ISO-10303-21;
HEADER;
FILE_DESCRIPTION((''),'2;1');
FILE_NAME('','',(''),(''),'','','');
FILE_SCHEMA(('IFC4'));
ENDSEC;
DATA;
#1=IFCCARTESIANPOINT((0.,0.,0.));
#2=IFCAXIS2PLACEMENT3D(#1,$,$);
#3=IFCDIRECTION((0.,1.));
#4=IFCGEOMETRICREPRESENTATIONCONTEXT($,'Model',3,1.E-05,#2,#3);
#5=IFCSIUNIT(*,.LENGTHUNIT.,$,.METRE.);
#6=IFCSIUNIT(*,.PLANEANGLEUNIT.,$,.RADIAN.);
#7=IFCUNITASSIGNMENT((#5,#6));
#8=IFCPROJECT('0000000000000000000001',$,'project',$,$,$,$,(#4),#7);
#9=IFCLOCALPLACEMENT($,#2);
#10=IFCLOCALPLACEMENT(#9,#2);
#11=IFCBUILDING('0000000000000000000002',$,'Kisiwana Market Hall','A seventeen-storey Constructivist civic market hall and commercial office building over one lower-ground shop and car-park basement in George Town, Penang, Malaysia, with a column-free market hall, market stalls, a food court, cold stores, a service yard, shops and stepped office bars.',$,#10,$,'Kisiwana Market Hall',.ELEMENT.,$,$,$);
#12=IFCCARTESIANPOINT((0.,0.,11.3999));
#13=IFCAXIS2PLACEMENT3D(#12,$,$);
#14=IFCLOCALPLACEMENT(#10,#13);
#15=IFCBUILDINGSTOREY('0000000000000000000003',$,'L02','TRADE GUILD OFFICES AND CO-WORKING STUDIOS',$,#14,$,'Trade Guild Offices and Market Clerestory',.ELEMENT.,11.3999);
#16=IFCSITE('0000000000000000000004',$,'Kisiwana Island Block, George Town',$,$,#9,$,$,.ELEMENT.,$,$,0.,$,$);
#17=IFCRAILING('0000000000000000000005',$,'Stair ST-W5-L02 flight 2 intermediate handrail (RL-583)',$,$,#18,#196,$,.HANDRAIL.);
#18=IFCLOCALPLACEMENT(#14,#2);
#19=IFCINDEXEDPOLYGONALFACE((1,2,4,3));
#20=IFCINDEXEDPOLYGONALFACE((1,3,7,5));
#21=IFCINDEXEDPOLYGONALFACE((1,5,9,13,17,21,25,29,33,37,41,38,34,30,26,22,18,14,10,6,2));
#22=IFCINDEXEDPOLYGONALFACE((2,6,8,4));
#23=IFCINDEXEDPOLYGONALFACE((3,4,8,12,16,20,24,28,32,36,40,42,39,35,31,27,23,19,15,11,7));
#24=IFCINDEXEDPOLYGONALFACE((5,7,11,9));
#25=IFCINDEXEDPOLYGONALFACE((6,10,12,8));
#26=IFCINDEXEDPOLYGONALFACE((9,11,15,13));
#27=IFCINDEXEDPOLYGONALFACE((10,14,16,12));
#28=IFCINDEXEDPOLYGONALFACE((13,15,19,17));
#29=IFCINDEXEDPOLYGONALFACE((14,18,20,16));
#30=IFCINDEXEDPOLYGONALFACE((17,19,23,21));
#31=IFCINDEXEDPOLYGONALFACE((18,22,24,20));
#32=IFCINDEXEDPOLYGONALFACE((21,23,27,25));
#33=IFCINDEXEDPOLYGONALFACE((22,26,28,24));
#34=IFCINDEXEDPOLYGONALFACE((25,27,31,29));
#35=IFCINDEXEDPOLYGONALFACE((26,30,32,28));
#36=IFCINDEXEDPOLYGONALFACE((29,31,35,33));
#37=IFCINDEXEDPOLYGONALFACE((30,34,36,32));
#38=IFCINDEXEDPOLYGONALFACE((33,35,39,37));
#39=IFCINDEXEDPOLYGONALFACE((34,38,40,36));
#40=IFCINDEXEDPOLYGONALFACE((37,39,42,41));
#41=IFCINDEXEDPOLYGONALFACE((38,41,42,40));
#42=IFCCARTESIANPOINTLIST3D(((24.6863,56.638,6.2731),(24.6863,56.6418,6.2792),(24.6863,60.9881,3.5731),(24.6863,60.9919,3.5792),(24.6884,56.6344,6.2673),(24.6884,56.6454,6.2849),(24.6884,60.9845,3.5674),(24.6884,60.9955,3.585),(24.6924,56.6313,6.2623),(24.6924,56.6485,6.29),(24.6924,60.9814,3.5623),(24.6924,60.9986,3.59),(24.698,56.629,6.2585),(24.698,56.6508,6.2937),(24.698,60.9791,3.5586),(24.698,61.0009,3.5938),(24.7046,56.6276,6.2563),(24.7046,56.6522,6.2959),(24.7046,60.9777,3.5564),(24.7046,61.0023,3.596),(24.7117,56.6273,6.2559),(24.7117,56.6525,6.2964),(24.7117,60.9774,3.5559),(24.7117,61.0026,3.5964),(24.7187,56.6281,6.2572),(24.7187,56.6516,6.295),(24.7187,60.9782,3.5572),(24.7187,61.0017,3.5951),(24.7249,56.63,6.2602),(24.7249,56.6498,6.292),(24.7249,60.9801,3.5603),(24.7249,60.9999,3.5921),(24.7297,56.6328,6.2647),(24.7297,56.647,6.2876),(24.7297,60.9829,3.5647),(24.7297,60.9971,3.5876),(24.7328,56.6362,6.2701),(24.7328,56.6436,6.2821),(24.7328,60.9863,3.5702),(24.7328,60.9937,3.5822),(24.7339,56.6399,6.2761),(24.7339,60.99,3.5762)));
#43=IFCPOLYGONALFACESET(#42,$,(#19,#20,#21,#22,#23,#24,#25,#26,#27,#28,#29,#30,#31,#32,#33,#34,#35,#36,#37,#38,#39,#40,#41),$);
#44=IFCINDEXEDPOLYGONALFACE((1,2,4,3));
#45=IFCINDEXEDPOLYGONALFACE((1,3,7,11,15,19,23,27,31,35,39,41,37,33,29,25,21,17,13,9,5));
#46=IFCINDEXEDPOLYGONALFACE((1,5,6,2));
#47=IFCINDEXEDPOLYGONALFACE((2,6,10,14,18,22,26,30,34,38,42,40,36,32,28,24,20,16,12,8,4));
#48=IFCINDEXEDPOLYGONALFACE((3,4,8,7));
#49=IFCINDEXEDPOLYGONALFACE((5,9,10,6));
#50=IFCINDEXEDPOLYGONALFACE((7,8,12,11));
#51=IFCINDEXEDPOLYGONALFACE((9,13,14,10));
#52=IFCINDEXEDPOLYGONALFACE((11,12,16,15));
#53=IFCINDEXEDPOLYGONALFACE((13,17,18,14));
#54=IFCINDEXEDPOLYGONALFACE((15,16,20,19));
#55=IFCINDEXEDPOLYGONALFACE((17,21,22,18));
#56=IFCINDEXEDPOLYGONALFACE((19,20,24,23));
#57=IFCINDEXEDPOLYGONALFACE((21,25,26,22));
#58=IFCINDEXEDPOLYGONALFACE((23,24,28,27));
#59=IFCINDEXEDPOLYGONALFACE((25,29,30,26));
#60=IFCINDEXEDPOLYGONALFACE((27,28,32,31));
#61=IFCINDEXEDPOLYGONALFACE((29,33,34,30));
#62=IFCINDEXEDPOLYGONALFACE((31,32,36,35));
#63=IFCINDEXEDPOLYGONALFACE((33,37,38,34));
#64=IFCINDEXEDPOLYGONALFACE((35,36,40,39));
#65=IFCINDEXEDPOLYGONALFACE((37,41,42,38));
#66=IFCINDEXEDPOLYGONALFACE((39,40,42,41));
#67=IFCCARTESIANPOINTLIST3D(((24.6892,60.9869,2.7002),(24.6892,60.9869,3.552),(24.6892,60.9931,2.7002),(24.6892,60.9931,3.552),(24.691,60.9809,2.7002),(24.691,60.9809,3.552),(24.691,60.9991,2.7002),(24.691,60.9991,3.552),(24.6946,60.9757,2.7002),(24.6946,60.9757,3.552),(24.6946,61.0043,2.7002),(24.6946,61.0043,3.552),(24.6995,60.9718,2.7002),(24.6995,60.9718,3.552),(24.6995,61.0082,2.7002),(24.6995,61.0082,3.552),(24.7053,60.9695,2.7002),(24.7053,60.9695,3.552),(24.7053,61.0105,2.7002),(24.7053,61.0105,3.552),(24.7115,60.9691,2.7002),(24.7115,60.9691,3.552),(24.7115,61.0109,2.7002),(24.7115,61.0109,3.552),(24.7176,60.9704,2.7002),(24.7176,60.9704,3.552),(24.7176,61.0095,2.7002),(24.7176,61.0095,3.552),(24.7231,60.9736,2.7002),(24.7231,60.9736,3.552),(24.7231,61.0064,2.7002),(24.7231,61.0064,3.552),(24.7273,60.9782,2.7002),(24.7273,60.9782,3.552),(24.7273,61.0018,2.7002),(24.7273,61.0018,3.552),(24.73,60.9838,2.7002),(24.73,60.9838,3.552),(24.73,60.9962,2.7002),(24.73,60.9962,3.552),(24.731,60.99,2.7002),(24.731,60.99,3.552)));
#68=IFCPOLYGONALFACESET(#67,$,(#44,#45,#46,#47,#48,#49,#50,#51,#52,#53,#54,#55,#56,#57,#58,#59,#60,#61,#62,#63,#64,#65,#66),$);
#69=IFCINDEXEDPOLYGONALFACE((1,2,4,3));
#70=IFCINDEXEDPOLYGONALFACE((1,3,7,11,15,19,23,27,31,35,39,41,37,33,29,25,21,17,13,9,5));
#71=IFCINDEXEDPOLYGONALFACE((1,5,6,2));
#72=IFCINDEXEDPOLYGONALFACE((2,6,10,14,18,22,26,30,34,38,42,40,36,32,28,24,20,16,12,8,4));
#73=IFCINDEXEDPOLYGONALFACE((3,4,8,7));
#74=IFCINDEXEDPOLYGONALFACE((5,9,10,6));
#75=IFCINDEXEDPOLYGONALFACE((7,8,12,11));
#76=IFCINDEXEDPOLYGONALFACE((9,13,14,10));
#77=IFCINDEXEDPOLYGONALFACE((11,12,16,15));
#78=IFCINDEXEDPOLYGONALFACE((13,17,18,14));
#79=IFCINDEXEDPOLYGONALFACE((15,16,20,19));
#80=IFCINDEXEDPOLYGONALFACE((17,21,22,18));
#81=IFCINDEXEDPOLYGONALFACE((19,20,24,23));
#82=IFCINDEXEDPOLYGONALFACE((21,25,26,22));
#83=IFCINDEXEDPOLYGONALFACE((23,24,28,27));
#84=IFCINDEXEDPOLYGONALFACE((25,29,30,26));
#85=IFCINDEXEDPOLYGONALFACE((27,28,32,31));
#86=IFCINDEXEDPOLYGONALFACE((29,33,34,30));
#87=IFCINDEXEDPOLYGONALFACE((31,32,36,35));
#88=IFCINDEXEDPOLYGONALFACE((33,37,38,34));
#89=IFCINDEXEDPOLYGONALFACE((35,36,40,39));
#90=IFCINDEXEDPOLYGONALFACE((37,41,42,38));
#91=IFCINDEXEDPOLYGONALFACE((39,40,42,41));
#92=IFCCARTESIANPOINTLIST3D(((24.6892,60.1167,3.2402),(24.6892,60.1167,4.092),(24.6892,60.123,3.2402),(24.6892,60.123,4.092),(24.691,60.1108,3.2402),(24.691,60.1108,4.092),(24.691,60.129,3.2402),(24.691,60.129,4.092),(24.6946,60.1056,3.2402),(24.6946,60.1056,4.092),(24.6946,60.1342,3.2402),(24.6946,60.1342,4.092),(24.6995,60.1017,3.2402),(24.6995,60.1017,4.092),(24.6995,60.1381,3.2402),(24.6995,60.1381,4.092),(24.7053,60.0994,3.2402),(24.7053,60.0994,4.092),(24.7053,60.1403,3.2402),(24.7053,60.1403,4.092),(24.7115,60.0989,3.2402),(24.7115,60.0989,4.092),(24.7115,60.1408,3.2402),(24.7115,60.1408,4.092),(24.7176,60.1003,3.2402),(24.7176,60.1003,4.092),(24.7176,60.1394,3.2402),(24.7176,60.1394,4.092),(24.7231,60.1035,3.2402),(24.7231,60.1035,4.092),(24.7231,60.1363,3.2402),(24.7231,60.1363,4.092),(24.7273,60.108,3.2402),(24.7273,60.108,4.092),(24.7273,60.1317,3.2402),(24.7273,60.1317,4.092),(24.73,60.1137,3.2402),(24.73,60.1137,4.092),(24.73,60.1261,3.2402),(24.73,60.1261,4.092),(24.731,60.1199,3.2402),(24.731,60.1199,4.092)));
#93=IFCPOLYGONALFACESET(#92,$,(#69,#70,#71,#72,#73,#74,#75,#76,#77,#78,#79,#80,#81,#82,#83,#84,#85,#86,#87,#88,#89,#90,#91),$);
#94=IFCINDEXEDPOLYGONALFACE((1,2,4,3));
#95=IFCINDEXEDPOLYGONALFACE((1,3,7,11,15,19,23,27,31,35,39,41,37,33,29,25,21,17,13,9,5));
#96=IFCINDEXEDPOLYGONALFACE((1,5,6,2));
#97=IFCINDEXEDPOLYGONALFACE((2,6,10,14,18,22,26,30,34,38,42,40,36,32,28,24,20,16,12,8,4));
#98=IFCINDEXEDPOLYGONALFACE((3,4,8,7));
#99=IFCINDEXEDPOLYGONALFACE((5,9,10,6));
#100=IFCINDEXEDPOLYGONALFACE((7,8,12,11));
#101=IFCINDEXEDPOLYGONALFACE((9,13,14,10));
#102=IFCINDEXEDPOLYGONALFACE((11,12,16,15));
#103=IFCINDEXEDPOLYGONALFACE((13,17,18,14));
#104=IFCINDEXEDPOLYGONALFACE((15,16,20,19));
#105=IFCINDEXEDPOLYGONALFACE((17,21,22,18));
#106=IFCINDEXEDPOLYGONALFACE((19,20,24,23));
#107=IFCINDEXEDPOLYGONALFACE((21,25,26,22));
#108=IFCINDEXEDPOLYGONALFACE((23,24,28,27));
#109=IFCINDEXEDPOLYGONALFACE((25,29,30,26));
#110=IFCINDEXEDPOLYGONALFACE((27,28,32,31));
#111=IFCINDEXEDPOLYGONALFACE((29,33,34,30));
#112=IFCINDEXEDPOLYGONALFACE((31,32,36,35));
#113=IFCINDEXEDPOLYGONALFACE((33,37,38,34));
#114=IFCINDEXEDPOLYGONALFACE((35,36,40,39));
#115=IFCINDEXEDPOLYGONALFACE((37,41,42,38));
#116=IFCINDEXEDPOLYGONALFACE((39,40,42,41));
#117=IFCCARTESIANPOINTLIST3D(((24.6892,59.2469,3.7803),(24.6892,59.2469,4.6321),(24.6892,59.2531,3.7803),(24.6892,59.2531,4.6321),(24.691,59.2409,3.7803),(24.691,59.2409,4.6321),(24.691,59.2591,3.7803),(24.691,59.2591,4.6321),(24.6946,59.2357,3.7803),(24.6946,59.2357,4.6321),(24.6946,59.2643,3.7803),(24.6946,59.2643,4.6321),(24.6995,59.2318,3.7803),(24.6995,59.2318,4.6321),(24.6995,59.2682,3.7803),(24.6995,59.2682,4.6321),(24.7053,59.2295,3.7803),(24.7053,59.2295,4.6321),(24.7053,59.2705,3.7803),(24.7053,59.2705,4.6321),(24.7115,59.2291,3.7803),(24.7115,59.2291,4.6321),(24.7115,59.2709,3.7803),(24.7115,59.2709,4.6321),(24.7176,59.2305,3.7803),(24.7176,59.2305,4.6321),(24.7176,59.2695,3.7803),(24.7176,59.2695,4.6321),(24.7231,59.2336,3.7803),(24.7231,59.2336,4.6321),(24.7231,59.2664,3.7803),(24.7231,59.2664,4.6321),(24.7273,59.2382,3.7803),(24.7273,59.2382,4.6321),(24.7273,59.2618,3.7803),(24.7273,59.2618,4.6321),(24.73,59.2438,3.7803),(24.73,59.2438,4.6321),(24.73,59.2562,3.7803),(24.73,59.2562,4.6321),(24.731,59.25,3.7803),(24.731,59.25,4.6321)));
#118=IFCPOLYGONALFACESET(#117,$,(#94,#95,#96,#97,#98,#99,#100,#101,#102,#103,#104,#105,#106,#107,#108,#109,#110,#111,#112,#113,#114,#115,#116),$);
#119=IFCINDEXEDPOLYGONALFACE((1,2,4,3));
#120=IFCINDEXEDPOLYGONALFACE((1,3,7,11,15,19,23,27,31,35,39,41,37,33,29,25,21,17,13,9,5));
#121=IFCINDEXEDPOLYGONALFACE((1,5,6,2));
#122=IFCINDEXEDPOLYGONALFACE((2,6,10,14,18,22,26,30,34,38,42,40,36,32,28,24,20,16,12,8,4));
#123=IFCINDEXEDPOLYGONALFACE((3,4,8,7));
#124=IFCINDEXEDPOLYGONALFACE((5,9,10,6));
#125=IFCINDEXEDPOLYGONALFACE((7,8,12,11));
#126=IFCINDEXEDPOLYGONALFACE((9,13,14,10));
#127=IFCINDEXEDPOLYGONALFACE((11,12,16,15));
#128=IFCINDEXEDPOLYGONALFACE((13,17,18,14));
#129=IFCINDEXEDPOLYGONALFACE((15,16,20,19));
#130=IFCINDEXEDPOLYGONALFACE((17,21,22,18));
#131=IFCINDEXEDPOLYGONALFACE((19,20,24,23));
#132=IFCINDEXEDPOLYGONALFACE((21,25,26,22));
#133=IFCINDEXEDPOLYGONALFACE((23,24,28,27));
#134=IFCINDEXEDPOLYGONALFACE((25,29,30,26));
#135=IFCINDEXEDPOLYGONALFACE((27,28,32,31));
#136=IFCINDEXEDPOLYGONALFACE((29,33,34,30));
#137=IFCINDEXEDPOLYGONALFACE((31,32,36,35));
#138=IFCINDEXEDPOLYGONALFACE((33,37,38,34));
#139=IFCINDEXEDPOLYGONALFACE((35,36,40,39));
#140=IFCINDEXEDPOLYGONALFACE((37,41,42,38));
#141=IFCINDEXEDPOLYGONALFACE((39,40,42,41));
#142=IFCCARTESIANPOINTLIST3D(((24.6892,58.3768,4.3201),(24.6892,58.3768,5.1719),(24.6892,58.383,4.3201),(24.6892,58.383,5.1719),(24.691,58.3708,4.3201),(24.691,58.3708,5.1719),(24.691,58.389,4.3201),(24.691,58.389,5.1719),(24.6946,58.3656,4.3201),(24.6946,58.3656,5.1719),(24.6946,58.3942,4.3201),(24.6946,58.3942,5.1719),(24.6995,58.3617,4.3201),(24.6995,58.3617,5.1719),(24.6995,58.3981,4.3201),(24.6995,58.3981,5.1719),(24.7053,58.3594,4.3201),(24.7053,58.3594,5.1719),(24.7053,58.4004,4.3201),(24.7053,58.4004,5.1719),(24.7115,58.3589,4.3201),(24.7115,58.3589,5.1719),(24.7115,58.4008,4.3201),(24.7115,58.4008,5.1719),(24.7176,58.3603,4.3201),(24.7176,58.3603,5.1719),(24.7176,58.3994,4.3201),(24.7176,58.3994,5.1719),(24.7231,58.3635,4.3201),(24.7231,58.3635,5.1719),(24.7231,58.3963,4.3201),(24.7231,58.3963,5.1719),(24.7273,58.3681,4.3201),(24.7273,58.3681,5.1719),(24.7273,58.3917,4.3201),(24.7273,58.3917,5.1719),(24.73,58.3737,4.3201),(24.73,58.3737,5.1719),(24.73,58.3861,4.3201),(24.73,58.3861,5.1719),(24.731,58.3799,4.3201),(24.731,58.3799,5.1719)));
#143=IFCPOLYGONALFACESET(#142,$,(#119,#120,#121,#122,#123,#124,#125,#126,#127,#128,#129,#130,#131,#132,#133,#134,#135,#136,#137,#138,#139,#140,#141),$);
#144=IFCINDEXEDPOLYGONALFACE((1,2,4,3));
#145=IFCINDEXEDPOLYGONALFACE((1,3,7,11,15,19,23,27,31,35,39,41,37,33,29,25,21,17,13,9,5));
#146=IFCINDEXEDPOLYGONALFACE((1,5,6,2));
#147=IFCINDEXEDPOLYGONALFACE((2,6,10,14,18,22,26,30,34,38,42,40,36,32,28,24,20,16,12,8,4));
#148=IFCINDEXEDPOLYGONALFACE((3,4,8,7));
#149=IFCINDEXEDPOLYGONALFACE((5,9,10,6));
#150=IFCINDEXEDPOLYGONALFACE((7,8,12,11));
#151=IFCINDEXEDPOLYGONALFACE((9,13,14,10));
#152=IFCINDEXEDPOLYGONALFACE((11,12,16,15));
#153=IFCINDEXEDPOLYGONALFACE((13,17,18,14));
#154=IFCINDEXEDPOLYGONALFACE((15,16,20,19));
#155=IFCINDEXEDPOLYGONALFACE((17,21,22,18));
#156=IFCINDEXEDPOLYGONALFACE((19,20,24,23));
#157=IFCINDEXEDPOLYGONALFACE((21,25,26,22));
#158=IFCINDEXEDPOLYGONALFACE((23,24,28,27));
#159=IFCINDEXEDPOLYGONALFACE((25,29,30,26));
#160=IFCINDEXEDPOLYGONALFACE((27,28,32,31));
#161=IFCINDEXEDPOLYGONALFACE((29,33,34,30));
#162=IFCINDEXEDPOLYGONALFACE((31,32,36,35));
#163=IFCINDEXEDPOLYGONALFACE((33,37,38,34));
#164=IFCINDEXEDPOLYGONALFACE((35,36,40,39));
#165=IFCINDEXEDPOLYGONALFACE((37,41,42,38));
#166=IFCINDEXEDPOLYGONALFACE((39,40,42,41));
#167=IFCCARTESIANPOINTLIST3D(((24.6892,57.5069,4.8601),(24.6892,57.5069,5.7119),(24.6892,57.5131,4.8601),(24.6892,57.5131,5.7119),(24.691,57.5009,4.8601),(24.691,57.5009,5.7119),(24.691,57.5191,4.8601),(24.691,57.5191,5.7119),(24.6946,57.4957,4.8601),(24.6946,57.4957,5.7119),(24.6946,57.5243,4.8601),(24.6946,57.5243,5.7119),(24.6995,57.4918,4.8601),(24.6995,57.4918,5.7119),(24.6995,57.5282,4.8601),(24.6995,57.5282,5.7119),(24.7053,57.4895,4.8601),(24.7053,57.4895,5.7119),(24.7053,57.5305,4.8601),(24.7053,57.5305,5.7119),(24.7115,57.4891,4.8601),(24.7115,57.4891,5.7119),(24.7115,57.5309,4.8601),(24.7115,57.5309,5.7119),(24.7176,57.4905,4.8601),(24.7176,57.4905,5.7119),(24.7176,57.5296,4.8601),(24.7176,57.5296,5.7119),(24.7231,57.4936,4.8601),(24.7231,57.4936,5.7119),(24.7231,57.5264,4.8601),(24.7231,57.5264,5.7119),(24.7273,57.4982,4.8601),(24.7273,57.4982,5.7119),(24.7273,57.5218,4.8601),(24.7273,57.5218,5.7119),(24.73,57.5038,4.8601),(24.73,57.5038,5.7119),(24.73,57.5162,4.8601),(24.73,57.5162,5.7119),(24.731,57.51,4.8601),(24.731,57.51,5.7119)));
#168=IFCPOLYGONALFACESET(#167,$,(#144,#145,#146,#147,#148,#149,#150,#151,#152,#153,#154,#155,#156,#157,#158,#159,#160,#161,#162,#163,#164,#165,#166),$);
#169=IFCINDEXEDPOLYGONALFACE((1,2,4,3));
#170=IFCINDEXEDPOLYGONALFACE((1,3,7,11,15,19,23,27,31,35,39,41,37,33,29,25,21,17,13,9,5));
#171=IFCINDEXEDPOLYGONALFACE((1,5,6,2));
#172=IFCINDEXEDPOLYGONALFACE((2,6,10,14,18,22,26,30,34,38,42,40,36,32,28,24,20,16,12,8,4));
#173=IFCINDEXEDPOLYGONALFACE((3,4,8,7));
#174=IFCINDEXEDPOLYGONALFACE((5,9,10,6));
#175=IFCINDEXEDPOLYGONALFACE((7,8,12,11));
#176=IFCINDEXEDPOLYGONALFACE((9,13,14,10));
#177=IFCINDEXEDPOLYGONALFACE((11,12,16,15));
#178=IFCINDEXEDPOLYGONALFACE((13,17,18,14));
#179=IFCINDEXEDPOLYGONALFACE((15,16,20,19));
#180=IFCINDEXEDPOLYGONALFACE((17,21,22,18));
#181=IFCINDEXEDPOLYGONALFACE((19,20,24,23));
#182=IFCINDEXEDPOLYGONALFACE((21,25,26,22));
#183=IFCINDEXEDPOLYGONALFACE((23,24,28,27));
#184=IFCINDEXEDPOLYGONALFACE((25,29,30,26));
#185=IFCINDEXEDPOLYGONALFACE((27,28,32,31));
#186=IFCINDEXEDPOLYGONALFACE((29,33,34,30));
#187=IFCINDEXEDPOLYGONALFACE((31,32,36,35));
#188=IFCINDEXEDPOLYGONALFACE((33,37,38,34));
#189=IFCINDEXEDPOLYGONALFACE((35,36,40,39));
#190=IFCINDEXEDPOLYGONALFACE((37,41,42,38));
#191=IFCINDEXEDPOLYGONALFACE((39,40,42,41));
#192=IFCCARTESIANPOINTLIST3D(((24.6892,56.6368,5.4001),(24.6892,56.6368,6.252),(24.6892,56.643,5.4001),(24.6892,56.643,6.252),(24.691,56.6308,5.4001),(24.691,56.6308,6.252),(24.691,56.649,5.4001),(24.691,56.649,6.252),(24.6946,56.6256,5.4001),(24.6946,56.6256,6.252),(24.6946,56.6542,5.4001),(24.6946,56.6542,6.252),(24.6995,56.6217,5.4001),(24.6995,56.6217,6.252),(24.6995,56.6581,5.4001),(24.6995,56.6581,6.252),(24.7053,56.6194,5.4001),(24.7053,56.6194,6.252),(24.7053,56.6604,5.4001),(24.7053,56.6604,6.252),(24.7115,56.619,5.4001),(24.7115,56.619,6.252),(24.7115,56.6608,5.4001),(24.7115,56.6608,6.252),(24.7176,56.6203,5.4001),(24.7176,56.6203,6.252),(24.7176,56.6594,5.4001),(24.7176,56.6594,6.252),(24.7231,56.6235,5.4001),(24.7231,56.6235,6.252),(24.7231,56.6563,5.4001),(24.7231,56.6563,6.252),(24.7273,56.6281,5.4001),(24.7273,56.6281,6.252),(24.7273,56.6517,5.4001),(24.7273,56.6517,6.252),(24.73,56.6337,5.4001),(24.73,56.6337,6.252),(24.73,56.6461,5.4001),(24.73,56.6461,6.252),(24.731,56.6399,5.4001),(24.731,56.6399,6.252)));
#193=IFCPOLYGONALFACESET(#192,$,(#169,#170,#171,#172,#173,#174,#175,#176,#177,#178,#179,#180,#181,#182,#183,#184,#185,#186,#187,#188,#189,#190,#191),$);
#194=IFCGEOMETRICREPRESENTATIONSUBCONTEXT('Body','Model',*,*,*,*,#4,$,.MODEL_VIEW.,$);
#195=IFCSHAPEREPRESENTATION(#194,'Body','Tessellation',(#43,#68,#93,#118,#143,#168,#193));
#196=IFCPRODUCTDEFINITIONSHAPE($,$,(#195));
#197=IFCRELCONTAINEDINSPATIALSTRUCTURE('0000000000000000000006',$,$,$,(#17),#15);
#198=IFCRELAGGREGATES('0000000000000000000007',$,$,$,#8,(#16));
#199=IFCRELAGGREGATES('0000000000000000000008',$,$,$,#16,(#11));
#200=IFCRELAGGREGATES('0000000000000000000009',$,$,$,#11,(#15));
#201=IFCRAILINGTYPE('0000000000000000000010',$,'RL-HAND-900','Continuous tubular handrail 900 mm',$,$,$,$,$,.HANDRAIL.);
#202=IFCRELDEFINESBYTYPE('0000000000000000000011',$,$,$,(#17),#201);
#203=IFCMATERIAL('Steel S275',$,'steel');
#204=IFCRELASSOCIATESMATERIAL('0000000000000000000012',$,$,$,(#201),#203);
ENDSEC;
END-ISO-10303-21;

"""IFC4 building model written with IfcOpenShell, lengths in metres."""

from ifc_helpers import new_model, si_unit, direction, frame, origin, origin_2d, place, context, subcontext, project, spatial, circle, extrude, material, type_object, element, save


model = new_model("IFC4")

# Units and contexts
model_context = context("Model", 3, precision=1e-05, world=origin(), true_north=direction((0.0, 1.0)))
body_context = subcontext(model_context, "Body", "Model", "MODEL_VIEW")
ifc_project = project(units=[si_unit("LENGTHUNIT", "METRE"), si_unit("PLANEANGLEUNIT", "RADIAN")], contexts=[model_context])

# Site, building, storey
site_placement = place(None, origin())
site = spatial("IfcSite", under=ifc_project, at=site_placement, Name="Kisiwana Island Block, George Town", CompositionType="ELEMENT", RefElevation=0.0)
building_placement = place(site_placement, origin())
building = spatial("IfcBuilding", under=site, at=building_placement, Name="Kisiwana Market Hall", Description="A seventeen-storey Constructivist civic market hall and commercial office building over one lower-ground shop and car-park basement in George Town, Penang, Malaysia, with a column-free market hall, market stalls, a food court, cold stores, a service yard, shops and stepped office bars.", LongName="Kisiwana Market Hall", CompositionType="ELEMENT")
storey_placement = place(building_placement, frame((0.0, 0.0, 11.3999)))
storey = spatial("IfcBuildingStorey", under=building, at=storey_placement, Name="L02", Description="TRADE GUILD OFFICES AND CO-WORKING STUDIOS", LongName="Trade Guild Offices and Market Clerestory", CompositionType="ELEMENT", Elevation=11.3999)

# Railing
ifc_material_1 = material(Name="Steel S275", Category="steel")
railing_type_1 = type_object("IfcRailingType", Name="RL-HAND-900", Description="Continuous tubular handrail 900 mm", PredefinedType="HANDRAIL", material=ifc_material_1)
railing_1_placement = place(storey_placement, frame((24.71, 60.99, 2.7002)))
element("IfcRailing", 1, at=railing_1_placement, inside=storey, type_object=railing_type_1, Name="Stair ST-W5-L02 flight 2 intermediate handrail (RL-583)", PredefinedType="HANDRAIL", context=body_context, shape_type="SweptSolid", body=[
    extrude(circle(Radius=0.0239, at=origin_2d()), frame((0.0, 0.0, 0.876), z_axis=(0.0, -0.84965, 0.527347), x_axis=(1.0, 0.0, 0.0)), (0.0, 0.0, 1.0), 5.1199),
    extrude(circle(Radius=0.021, at=origin_2d()), origin(), (0.0, 0.0, 1.0), 0.8518),
    extrude(circle(Radius=0.021, at=origin_2d()), frame((0.0, -0.8701, 0.54)), (0.0, 0.0, 1.0), 0.8518),
    extrude(circle(Radius=0.021, at=origin_2d()), frame((0.0, -1.74, 1.0801)), (0.0, 0.0, 1.0), 0.8518),
    extrude(circle(Radius=0.021, at=origin_2d()), frame((0.0, -2.6101, 1.6199)), (0.0, 0.0, 1.0), 0.8518),
    extrude(circle(Radius=0.021, at=origin_2d()), frame((0.0, -3.48, 2.1599)), (0.0, 0.0, 1.0), 0.8518),
    extrude(circle(Radius=0.021, at=origin_2d()), frame((0.0, -4.3501, 2.7)), (0.0, 0.0, 1.0), 0.8518),
])

save(model, "model.ifc")
